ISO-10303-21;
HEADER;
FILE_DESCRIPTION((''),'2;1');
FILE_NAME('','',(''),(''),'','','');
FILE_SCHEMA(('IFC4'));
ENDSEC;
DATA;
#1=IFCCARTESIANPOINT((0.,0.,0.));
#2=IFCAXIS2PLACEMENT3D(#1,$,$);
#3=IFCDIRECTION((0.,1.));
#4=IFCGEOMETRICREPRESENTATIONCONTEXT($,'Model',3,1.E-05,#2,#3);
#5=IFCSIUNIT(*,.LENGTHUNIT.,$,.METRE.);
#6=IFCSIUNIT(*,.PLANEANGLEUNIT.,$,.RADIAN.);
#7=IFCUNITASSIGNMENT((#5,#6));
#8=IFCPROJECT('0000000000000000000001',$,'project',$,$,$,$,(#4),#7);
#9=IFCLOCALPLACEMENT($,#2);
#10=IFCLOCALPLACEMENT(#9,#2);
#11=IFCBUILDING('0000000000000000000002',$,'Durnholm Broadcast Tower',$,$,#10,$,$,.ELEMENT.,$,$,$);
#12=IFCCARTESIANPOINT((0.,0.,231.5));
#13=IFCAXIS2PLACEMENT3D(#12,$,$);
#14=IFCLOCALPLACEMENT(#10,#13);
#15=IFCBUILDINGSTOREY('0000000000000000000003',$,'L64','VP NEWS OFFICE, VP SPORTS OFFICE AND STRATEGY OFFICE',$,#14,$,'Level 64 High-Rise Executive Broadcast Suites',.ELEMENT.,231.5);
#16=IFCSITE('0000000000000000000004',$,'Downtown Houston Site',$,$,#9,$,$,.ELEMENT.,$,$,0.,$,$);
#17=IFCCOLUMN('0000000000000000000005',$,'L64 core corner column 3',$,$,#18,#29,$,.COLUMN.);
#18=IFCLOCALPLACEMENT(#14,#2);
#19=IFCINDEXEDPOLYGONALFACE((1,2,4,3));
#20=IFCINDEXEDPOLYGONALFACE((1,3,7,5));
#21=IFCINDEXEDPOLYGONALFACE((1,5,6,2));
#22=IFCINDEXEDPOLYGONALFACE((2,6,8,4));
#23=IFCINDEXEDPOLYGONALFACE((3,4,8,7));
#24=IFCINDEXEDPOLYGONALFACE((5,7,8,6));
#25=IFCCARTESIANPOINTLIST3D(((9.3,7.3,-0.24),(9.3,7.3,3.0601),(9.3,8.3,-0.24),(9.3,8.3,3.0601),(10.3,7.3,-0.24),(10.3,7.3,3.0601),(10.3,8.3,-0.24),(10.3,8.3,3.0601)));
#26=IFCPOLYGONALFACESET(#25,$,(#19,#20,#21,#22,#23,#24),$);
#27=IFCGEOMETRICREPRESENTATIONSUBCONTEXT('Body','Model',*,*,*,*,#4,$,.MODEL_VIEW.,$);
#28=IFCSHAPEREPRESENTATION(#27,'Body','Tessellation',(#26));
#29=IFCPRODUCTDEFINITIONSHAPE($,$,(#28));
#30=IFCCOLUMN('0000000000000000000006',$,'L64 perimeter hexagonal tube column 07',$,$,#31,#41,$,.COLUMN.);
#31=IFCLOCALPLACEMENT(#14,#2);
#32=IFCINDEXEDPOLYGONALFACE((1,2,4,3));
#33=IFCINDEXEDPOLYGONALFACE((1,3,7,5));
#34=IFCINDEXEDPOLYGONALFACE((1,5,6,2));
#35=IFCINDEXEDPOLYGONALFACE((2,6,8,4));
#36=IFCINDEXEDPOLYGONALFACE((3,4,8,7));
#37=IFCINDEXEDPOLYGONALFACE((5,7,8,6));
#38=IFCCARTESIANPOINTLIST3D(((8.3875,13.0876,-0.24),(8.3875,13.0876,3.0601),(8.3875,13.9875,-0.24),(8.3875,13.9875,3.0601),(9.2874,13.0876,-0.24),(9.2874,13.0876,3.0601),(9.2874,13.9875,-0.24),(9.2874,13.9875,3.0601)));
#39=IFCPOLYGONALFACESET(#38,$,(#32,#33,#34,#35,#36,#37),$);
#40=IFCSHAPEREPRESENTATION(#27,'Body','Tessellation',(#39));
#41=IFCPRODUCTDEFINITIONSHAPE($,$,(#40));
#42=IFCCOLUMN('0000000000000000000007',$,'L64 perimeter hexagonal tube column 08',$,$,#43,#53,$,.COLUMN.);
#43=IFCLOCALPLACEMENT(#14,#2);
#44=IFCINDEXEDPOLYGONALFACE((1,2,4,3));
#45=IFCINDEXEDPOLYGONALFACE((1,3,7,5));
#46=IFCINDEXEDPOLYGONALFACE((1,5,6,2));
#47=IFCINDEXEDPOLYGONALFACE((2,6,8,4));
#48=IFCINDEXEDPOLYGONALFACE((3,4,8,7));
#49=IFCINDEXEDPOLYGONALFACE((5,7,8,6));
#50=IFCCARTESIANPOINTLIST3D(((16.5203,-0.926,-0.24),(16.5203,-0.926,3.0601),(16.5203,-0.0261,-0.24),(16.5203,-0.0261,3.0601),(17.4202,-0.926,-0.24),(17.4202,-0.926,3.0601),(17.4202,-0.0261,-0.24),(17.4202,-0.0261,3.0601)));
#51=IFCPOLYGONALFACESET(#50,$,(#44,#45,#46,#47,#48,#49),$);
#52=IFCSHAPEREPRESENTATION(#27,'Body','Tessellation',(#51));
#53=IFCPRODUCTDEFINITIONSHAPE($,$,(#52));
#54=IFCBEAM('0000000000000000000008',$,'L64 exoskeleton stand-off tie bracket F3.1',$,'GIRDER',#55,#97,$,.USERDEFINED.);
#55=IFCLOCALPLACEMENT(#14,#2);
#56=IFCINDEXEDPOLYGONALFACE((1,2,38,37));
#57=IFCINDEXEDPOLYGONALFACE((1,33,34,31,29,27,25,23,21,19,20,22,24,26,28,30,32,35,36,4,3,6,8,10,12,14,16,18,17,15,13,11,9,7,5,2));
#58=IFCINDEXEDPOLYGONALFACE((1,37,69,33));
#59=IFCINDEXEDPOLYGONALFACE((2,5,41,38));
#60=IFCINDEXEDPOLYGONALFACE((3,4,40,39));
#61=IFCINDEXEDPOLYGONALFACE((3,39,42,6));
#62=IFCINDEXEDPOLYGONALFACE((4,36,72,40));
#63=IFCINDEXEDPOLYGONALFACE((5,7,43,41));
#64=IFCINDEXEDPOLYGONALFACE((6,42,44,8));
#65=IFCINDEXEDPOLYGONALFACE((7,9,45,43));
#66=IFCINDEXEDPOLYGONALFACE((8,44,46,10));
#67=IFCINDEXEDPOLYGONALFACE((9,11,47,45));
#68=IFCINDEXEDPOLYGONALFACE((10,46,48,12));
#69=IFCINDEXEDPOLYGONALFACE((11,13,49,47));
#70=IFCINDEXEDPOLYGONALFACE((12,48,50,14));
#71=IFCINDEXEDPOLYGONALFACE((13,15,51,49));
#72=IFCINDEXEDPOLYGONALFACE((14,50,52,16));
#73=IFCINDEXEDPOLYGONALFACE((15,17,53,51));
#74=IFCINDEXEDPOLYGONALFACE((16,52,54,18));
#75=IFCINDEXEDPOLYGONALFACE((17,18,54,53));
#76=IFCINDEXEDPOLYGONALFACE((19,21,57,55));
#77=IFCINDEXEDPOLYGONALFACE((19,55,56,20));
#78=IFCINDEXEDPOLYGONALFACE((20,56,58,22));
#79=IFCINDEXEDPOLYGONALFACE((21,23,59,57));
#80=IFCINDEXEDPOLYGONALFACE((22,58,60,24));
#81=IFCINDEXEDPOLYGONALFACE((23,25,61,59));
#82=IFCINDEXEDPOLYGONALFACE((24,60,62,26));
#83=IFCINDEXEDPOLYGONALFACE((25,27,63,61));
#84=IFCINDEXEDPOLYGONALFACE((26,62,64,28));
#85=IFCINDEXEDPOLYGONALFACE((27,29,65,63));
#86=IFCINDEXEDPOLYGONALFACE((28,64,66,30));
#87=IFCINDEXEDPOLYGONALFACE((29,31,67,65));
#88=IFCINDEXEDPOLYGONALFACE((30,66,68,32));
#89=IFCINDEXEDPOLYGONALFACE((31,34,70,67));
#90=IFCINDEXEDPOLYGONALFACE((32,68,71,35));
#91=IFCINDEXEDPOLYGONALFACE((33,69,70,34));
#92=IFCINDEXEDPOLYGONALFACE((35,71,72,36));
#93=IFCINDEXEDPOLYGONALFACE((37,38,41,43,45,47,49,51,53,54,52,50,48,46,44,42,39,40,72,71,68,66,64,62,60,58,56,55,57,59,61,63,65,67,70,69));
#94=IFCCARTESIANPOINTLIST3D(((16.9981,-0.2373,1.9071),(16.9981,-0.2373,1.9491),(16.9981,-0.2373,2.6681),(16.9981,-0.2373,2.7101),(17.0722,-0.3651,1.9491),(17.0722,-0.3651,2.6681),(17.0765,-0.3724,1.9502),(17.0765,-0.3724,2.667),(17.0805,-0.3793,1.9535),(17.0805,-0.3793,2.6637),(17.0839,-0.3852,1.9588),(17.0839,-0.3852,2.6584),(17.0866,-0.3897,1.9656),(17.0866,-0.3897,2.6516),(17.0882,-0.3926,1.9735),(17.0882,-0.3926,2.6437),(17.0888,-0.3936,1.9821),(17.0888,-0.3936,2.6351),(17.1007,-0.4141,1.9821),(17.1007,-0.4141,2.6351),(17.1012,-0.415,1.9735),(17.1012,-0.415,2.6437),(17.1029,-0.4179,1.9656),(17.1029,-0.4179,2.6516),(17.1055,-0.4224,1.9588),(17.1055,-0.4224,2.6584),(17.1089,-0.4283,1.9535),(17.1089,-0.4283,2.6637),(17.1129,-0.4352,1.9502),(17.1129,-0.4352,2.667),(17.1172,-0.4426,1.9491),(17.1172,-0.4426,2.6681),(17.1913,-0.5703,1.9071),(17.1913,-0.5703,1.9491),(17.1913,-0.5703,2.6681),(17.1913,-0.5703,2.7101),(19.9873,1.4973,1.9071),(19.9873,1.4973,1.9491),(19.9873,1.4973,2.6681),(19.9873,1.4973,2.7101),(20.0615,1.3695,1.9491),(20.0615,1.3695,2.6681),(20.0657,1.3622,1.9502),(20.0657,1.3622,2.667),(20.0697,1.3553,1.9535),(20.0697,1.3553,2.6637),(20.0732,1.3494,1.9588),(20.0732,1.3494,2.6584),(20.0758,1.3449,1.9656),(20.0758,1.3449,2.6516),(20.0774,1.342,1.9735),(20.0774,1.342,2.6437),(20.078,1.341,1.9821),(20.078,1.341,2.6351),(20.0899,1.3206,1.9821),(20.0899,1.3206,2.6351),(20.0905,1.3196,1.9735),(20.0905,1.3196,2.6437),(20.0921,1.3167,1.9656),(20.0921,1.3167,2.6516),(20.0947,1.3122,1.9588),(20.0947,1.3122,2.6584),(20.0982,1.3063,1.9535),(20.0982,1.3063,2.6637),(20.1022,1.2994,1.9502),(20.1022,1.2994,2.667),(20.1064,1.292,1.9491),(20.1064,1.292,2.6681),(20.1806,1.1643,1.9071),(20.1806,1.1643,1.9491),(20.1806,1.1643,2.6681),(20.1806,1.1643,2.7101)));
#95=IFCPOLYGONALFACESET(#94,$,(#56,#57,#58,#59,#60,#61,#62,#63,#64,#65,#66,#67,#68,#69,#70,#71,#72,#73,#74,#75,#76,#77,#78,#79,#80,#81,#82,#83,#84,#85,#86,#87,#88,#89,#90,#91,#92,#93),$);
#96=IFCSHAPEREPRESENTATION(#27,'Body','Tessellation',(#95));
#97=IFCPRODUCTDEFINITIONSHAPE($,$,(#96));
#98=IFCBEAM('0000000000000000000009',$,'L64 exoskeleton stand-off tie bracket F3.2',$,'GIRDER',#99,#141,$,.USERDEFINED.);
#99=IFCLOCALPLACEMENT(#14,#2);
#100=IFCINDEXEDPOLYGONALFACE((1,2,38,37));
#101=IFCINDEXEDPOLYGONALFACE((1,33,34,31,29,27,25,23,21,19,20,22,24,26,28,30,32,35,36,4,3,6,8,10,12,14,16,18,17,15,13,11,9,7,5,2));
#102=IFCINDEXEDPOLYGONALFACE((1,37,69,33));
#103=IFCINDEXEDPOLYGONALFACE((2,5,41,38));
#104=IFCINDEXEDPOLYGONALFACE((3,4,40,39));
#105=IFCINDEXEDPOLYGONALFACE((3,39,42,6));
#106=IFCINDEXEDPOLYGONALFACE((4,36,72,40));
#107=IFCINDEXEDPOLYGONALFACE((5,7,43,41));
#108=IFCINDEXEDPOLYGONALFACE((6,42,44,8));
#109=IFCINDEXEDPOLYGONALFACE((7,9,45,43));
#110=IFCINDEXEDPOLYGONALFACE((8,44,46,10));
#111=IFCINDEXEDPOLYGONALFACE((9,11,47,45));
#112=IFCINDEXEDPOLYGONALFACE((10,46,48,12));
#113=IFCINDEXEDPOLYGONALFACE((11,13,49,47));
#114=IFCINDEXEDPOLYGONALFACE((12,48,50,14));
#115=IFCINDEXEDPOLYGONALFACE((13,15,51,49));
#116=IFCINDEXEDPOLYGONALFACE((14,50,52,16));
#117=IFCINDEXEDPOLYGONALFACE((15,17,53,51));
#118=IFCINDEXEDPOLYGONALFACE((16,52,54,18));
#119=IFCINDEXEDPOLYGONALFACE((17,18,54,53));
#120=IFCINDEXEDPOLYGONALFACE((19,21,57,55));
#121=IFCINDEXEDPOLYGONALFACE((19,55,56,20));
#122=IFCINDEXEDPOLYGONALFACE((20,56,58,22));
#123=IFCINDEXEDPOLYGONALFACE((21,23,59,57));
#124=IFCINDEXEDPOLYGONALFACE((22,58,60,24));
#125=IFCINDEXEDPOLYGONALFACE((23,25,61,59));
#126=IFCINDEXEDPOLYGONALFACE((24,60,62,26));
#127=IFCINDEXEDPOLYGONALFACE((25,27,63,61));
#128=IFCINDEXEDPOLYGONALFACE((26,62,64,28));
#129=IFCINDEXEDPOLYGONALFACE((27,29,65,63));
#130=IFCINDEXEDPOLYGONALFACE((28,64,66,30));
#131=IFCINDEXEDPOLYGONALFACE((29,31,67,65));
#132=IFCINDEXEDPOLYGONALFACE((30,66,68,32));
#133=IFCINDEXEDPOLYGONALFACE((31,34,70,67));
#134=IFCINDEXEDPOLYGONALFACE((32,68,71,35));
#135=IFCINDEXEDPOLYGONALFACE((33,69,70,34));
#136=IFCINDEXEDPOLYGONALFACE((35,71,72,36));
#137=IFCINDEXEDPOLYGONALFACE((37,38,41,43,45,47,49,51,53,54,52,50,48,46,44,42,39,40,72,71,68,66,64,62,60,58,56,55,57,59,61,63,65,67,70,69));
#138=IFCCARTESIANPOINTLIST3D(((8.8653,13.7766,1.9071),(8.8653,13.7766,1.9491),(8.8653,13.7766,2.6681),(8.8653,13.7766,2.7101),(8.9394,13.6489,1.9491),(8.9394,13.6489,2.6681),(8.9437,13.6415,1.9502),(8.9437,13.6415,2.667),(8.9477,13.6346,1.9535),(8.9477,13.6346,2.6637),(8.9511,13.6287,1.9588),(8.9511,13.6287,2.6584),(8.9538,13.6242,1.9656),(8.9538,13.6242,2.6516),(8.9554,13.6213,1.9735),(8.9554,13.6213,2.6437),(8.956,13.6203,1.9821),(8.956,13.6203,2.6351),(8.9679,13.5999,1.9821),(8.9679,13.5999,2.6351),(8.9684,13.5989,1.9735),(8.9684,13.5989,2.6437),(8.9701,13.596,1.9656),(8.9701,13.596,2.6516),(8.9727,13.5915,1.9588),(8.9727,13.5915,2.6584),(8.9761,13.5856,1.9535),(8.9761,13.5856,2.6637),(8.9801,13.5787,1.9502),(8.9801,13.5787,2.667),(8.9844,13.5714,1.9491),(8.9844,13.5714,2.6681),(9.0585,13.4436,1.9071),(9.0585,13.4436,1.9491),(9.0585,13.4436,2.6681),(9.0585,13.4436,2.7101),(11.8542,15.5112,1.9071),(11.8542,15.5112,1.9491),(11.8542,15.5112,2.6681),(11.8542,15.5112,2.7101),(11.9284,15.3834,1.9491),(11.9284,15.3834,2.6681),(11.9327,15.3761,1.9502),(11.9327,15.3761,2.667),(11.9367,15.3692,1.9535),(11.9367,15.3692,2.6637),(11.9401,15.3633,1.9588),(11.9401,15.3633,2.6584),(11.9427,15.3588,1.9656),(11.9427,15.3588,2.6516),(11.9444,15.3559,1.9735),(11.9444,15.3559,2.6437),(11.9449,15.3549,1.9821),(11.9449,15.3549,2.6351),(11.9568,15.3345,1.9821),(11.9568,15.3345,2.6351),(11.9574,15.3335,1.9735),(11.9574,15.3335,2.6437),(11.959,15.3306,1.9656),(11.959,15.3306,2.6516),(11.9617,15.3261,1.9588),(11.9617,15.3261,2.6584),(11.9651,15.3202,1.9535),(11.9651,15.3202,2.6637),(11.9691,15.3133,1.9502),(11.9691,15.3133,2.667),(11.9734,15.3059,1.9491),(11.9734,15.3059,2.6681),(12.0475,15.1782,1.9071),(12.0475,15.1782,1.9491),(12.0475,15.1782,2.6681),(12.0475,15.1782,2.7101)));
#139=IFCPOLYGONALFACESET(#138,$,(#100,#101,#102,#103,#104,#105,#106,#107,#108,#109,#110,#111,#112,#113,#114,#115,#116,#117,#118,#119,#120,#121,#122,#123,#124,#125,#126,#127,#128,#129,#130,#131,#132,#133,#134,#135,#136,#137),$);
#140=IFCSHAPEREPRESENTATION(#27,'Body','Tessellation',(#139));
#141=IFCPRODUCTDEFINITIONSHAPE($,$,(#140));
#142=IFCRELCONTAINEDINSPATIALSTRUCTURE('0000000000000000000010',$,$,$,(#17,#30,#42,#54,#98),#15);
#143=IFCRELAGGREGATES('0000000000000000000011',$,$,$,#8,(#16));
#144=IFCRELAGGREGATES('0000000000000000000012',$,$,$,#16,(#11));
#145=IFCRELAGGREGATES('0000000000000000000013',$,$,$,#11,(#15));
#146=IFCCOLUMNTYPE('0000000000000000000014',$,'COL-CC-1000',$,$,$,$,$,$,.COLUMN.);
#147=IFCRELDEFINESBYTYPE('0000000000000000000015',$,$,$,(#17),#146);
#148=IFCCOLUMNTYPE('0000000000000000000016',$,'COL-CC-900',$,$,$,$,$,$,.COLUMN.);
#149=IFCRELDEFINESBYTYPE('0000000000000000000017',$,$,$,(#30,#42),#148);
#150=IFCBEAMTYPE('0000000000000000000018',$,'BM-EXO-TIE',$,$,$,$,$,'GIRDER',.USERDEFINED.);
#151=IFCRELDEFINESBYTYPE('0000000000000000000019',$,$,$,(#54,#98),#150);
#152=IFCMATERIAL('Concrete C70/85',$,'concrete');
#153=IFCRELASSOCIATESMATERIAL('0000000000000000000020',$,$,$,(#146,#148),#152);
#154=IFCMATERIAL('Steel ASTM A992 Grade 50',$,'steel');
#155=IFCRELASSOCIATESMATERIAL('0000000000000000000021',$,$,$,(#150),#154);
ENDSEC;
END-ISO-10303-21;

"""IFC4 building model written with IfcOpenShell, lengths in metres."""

from ifc_helpers import new_model, si_unit, direction, frame, origin, origin_2d, place, context, subcontext, project, spatial, rectangle, i_section, extrude, source, transform, mapped, material, material_profile, profile_set, type_object, type_shapes, element, save


model = new_model("IFC4")

# Units and contexts
model_context = context("Model", 3, precision=1e-05, world=origin(), true_north=direction((0.0, 1.0)))
body_context = subcontext(model_context, "Body", "Model", "MODEL_VIEW")
ifc_project = project(units=[si_unit("LENGTHUNIT", "METRE"), si_unit("PLANEANGLEUNIT", "RADIAN")], contexts=[model_context])

# Site, building, storey
site_placement = place(None, origin())
site = spatial("IfcSite", under=ifc_project, at=site_placement, Name="Downtown Houston Site", CompositionType="ELEMENT", RefElevation=0.0)
building_placement = place(site_placement, origin())
building = spatial("IfcBuilding", under=site, at=building_placement, Name="Durnholm Broadcast Tower", CompositionType="ELEMENT")
storey_placement = place(building_placement, frame((0.0, 0.0, 231.5)))
storey = spatial("IfcBuildingStorey", under=building, at=storey_placement, Name="L64", Description="VP NEWS OFFICE, VP SPORTS OFFICE AND STRATEGY OFFICE", LongName="Level 64 High-Rise Executive Broadcast Suites", CompositionType="ELEMENT", Elevation=231.5)

# Columns
ifc_material_1 = material(Name="Concrete C70/85", Category="concrete")
ifc_material_profile_1 = material_profile(ifc_material_1, rectangle(XDim=1.0, YDim=1.0, at=origin_2d()), Name="RC1000X1000")
ifc_profile_set_1 = profile_set([ifc_material_profile_1], Name="Concrete C70/85")
column_type_1 = type_object("IfcColumnType", Name="COL-CC-1000", PredefinedType="COLUMN", material=ifc_profile_set_1)
shared_shape_1 = source(origin(), body_context, "Body", "SweptSolid", [
    extrude(rectangle(XDim=1.0, YDim=1.0, at=origin_2d()), origin(), (0.0, 0.0, 1.0), 3.3),
])
type_shapes(column_type_1, [shared_shape_1])
column_placement = place(storey_placement, frame((9.8, 7.8, -0.24), z_axis=(0.0, 0.0, 1.0), x_axis=(1.0, 0.0, 0.0)))
element("IfcColumn", 1, at=column_placement, inside=storey, type_object=column_type_1, Name="L64 core corner column 3", PredefinedType="COLUMN", context=body_context, shape_type="MappedRepresentation", body=[
    mapped(shared_shape_1, transform((0.0, 0.0, 0.0), x_axis=(1.0, 0.0, 0.0), y_axis=(0.0, 1.0, 0.0), z_axis=(0.0, 0.0, 1.0), scale=1.0)),
])
ifc_material_profile_2 = material_profile(ifc_material_1, rectangle(XDim=0.8999, YDim=0.8999, at=origin_2d()), Name="RC900X900")
ifc_profile_set_2 = profile_set([ifc_material_profile_2], Name="Concrete C70/85")
column_type_2 = type_object("IfcColumnType", Name="COL-CC-900", PredefinedType="COLUMN", material=ifc_profile_set_2)
shared_shape_2 = source(origin(), body_context, "Body", "SweptSolid", [
    extrude(rectangle(XDim=0.8999, YDim=0.8999, at=origin_2d()), origin(), (0.0, 0.0, 1.0), 3.3),
])
type_shapes(column_type_2, [shared_shape_2])
for number, where, z_axis, x_axis, name in (
    (2, (8.8374, 13.5376, -0.24), (0.0, 0.0, 1.0), (1.0, 0.0, 0.0), "L64 perimeter hexagonal tube column 07"),
    (3, (16.9702, -0.4761, -0.24), (0.0, 0.0, 1.0), (1.0, 0.0, 0.0), "L64 perimeter hexagonal tube column 08"),
):
    element("IfcColumn", number, at=place(storey_placement, frame(where, z_axis=z_axis, x_axis=x_axis)), inside=storey, type_object=column_type_2, Name=name, PredefinedType="COLUMN", context=body_context, shape_type="MappedRepresentation", body=[
        mapped(shared_shape_2, transform((0.0, 0.0, 0.0), x_axis=(1.0, 0.0, 0.0), y_axis=(0.0, 1.0, 0.0), z_axis=(0.0, 0.0, 1.0), scale=1.0)),
    ])

# Beams
ifc_material_2 = material(Name="Steel ASTM A992 Grade 50", Category="steel")
ifc_material_profile_3 = material_profile(ifc_material_2, i_section(OverallWidth=0.385, OverallDepth=0.803, WebThickness=0.0237, FlangeThickness=0.042, FilletRadius=0.033, at=origin_2d()), Name="W30X261")
ifc_profile_set_3 = profile_set([ifc_material_profile_3], Name="Steel ASTM A992 Grade 50")
beam_type_1 = type_object("IfcBeamType", Name="BM-EXO-TIE", ElementType="GIRDER", PredefinedType="USERDEFINED", material=ifc_profile_set_3)
shared_shape_3 = source(origin(), body_context, "Body", "SweptSolid", [
    extrude(i_section(OverallWidth=0.385, OverallDepth=0.803, WebThickness=0.0237, FlangeThickness=0.042, FilletRadius=0.033, at=origin_2d()), origin(), (0.0, 0.0, 1.0), 3.4561),
])
beam_1_placement = place(storey_placement, frame((17.0947, -0.4038, 2.3086), z_axis=(0.864924, 0.501902, 0.0), x_axis=(-0.501902, 0.864924, 0.0)))
element("IfcBeam", 4, at=beam_1_placement, inside=storey, type_object=beam_type_1, Name="L64 exoskeleton stand-off tie bracket F3.1", ObjectType="GIRDER", PredefinedType="USERDEFINED", context=body_context, shape_type="MappedRepresentation", body=[
    mapped(shared_shape_3, transform((0.0, 0.0, 0.0), x_axis=(1.0, 0.0, 0.0), y_axis=(0.0, 1.0, 0.0), z_axis=(0.0, 0.0, 1.0), scale=1.0)),
])
shared_shape_4 = source(origin(), body_context, "Body", "SweptSolid", [
    extrude(i_section(OverallWidth=0.385, OverallDepth=0.803, WebThickness=0.0237, FlangeThickness=0.042, FilletRadius=0.033, at=origin_2d()), origin(), (0.0, 0.0, 1.0), 3.4558),
])
beam_2_placement = place(storey_placement, frame((8.9619, 13.6101, 2.3086), z_axis=(0.864907, 0.501933, 0.0), x_axis=(-0.501933, 0.864907, 0.0)))
element("IfcBeam", 5, at=beam_2_placement, inside=storey, type_object=beam_type_1, Name="L64 exoskeleton stand-off tie bracket F3.2", ObjectType="GIRDER", PredefinedType="USERDEFINED", context=body_context, shape_type="MappedRepresentation", body=[
    mapped(shared_shape_4, transform((0.0, 0.0, 0.0), x_axis=(1.0, 0.0, 0.0), y_axis=(0.0, 1.0, 0.0), z_axis=(0.0, 0.0, 1.0), scale=1.0)),
])

save(model, "model.ifc")
